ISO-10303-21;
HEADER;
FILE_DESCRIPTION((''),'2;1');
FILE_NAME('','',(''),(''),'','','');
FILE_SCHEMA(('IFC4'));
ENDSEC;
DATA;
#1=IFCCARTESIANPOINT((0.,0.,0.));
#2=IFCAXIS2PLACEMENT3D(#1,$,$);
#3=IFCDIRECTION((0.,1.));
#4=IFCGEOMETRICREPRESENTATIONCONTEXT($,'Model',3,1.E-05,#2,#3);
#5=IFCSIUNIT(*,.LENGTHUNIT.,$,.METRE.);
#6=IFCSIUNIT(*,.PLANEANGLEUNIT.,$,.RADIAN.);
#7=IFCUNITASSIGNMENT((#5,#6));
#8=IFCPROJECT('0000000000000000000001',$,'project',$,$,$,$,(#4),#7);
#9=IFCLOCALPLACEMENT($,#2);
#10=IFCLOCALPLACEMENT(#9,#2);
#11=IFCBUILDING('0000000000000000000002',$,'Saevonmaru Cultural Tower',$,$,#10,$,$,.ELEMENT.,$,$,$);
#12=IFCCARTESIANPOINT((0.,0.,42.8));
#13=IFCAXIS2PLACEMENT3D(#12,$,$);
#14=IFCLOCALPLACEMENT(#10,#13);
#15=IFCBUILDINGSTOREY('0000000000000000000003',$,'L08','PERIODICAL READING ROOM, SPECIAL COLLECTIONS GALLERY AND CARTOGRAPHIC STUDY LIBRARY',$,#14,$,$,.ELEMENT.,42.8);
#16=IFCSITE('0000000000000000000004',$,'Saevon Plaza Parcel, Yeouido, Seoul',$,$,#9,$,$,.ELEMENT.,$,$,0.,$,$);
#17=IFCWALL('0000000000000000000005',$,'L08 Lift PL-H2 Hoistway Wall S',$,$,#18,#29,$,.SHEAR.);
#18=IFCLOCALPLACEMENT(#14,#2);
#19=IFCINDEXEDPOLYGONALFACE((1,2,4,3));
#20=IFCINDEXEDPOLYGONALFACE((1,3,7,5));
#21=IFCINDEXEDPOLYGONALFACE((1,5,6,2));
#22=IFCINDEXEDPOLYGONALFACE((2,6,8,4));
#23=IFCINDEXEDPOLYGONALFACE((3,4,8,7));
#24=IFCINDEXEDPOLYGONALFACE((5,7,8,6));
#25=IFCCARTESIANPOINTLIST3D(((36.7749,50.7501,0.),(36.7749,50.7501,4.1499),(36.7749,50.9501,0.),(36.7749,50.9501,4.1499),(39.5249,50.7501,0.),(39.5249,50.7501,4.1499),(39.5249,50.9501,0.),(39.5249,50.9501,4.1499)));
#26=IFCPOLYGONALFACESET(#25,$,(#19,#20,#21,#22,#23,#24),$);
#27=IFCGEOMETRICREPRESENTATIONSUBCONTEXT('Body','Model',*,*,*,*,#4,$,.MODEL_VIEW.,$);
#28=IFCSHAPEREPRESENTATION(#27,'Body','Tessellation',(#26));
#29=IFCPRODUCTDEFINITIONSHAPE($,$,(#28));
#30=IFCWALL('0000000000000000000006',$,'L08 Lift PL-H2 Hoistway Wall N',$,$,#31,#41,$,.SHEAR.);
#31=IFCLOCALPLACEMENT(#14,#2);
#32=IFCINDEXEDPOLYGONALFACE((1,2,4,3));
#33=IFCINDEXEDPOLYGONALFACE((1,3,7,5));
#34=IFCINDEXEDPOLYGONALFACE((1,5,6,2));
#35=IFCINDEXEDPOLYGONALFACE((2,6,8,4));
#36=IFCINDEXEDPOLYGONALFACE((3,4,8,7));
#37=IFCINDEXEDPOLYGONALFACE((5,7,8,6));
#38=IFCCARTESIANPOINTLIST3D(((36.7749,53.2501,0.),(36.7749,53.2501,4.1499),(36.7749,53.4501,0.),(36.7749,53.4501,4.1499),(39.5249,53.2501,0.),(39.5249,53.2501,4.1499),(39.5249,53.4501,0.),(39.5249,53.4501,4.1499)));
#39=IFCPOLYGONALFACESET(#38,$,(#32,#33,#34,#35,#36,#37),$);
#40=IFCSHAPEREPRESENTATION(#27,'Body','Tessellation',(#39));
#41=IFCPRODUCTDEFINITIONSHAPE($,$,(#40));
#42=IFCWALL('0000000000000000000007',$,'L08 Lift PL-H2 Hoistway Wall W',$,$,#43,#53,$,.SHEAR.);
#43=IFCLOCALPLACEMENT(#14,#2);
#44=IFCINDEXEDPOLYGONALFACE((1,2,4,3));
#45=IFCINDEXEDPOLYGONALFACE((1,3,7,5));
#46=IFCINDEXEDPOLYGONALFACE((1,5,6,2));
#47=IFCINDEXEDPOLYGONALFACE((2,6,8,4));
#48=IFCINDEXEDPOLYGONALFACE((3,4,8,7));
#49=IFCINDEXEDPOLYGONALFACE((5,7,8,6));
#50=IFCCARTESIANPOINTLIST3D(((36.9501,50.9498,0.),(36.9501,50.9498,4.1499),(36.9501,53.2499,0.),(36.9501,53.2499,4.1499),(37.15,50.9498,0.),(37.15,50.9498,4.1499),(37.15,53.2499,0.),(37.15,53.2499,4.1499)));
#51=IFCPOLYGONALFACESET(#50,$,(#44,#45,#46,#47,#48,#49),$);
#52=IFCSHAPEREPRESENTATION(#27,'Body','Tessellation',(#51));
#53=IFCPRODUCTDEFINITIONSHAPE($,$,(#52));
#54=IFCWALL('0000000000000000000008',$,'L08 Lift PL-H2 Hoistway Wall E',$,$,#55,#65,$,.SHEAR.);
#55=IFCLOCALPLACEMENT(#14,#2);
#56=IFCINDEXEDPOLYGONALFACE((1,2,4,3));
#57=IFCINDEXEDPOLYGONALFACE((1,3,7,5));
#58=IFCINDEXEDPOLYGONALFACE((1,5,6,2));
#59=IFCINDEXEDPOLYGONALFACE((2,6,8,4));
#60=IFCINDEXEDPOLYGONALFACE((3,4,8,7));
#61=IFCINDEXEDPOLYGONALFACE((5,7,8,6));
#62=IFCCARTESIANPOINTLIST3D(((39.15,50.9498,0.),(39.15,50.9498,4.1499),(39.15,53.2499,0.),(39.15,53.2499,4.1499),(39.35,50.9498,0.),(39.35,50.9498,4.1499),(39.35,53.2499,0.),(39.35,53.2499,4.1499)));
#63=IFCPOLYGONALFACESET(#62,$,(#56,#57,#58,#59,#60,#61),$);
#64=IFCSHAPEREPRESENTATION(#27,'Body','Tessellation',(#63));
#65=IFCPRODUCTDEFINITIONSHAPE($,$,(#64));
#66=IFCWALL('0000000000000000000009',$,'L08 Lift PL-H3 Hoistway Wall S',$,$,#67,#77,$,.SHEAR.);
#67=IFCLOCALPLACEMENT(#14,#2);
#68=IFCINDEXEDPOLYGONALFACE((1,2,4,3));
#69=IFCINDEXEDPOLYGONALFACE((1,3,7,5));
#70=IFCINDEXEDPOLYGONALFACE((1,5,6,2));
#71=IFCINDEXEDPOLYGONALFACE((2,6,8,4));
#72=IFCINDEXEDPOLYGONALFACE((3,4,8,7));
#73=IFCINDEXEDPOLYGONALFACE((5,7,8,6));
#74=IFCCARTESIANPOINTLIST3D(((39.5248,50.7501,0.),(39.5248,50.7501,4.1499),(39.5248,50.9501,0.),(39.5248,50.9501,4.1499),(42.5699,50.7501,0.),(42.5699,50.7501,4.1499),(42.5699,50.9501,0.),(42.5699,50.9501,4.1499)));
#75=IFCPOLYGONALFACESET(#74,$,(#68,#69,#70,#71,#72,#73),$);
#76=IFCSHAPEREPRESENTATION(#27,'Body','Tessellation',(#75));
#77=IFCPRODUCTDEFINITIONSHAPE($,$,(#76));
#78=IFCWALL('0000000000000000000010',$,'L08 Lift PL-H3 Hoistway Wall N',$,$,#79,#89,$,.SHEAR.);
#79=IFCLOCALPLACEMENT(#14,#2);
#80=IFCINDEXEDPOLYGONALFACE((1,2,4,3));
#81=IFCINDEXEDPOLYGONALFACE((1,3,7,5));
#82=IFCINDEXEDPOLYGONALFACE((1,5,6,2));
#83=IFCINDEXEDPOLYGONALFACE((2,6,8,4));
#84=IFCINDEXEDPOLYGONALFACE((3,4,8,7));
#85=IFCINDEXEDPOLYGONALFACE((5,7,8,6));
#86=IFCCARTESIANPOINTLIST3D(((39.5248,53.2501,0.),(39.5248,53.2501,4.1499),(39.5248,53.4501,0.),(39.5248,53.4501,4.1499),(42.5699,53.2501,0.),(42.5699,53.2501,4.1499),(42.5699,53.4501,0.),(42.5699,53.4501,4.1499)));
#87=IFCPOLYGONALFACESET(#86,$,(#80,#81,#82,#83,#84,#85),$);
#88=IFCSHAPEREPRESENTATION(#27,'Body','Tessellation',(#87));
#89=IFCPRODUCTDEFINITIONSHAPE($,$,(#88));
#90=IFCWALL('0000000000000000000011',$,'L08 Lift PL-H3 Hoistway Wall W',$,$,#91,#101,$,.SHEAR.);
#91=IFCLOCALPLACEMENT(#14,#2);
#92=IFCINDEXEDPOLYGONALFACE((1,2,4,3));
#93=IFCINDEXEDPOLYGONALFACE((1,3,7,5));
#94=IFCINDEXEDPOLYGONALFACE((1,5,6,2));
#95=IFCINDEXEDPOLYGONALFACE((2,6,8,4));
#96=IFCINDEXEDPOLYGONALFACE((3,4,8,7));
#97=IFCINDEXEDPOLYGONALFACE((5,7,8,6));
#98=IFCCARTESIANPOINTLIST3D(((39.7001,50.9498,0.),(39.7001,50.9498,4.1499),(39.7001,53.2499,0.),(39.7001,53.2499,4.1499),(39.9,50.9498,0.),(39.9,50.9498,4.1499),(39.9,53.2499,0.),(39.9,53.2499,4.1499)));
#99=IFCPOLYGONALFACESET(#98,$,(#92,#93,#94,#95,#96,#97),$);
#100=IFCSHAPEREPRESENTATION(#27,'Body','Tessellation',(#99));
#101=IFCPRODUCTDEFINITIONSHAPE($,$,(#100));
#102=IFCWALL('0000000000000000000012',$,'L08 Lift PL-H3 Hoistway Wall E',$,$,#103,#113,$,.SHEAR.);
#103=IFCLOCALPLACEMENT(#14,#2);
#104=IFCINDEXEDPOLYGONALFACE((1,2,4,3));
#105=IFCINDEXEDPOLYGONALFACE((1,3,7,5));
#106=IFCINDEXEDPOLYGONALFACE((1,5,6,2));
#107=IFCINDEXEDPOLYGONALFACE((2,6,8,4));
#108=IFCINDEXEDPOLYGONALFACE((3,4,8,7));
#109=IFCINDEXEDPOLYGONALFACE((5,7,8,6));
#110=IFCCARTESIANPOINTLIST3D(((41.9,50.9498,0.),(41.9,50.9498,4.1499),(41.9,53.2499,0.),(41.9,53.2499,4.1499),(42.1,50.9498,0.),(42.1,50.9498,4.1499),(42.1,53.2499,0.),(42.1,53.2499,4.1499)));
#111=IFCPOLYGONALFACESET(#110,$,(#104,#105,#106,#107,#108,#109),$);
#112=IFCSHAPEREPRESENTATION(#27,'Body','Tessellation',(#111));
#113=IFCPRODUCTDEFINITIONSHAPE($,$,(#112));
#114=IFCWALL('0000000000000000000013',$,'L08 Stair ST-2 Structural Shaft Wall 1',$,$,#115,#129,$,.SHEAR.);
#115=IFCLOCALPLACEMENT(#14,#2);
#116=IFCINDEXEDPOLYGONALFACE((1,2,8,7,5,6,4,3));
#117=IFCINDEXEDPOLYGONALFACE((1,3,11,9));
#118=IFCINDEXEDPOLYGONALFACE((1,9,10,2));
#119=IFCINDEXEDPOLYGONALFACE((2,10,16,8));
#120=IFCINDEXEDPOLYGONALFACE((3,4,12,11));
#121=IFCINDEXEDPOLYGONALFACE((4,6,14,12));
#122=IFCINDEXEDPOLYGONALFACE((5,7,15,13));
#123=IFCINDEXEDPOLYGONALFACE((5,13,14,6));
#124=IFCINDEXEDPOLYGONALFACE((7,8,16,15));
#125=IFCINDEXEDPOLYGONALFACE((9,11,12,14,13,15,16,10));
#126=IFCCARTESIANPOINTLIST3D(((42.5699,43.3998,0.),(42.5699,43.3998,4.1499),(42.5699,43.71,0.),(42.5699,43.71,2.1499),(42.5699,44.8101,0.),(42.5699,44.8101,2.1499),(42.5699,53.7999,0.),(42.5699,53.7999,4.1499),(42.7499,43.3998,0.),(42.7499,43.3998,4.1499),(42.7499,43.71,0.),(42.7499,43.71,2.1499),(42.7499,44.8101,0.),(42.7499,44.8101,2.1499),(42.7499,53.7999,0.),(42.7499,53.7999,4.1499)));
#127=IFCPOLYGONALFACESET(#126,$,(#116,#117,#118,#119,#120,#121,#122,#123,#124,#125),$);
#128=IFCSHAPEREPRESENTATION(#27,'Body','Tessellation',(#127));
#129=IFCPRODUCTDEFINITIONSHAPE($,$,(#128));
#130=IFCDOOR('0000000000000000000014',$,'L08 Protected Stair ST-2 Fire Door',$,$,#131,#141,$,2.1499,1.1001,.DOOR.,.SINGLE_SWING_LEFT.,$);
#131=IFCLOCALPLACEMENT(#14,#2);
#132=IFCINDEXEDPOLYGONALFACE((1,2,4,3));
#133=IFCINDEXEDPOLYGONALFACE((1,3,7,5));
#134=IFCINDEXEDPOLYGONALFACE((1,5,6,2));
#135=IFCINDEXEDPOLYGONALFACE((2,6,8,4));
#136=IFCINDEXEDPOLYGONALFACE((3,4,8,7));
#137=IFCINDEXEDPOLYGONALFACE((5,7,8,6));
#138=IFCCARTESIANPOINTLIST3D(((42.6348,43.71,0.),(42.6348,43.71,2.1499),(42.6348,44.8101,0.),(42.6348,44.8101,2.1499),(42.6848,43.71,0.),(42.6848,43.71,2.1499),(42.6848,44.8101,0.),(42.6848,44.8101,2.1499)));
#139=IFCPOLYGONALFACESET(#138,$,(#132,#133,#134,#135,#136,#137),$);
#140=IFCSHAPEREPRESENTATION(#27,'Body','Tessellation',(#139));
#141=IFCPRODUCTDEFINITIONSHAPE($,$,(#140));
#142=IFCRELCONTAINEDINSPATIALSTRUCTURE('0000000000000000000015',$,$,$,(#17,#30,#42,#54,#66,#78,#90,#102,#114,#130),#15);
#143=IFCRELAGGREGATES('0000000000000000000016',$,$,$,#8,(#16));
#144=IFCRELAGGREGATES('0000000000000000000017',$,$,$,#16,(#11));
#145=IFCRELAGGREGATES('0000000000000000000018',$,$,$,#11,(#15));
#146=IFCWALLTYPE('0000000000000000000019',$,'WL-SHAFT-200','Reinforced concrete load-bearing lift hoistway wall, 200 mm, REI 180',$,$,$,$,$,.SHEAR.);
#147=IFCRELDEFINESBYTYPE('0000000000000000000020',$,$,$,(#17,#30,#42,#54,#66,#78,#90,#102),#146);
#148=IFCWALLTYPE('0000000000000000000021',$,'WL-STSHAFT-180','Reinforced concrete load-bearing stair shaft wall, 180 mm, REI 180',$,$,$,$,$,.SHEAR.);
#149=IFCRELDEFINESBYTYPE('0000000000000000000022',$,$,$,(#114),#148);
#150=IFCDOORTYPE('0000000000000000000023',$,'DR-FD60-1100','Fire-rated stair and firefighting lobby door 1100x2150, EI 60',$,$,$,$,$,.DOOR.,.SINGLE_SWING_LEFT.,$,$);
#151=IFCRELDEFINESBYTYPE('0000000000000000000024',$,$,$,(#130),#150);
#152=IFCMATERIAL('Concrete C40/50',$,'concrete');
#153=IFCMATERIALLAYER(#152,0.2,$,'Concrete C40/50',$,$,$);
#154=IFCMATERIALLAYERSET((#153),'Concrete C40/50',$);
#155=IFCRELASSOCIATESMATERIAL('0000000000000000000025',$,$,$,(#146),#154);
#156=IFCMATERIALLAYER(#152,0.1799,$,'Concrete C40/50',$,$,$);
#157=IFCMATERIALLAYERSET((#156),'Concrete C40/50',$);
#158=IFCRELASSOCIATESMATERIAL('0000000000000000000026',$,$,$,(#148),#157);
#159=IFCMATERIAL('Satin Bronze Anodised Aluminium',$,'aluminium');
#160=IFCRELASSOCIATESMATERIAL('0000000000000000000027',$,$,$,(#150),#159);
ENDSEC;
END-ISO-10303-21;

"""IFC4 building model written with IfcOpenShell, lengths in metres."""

from ifc_helpers import new_model, si_unit, direction, frame, frame_2d, origin, place, context, subcontext, project, spatial, rectangle, extrude, material, layer, layer_set, type_object, element, fill, save


model = new_model("IFC4")

# Units and contexts
model_context = context("Model", 3, precision=1e-05, world=origin(), true_north=direction((0.0, 1.0)))
body_context = subcontext(model_context, "Body", "Model", "MODEL_VIEW")
ifc_project = project(units=[si_unit("LENGTHUNIT", "METRE"), si_unit("PLANEANGLEUNIT", "RADIAN")], contexts=[model_context])

# Site, building, storey
site_placement = place(None, origin())
site = spatial("IfcSite", under=ifc_project, at=site_placement, Name="Saevon Plaza Parcel, Yeouido, Seoul", CompositionType="ELEMENT", RefElevation=0.0)
building_placement = place(site_placement, origin())
building = spatial("IfcBuilding", under=site, at=building_placement, Name="Saevonmaru Cultural Tower", CompositionType="ELEMENT")
storey_placement = place(building_placement, frame((0.0, 0.0, 42.8)))
storey = spatial("IfcBuildingStorey", under=building, at=storey_placement, Name="L08", Description="PERIODICAL READING ROOM, SPECIAL COLLECTIONS GALLERY AND CARTOGRAPHIC STUDY LIBRARY", CompositionType="ELEMENT", Elevation=42.8)

# Shared definitions
ifc_material_1 = material(Name="Satin Bronze Anodised Aluminium", Category="aluminium")

# Shared definitions
ifc_material_2 = material(Name="Concrete C40/50", Category="concrete")
ifc_layer_1 = layer(ifc_material_2, 0.2, Name="Concrete C40/50")
ifc_layer_set_1 = layer_set([ifc_layer_1], Name="Concrete C40/50")
wall_type_1 = type_object("IfcWallType", Name="WL-SHAFT-200", Description="Reinforced concrete load-bearing lift hoistway wall, 200 mm, REI 180", PredefinedType="SHEAR", material=ifc_layer_set_1)

# Walls
for number, where, z_axis, x_axis, name in (
    (1, (36.7749, 50.8501, 0.0), (0.0, 0.0, 1.0), (1.0, 0.0, 0.0), "L08 Lift PL-H2 Hoistway Wall S"),
    (2, (36.7749, 53.3501, 0.0), (0.0, 0.0, 1.0), (1.0, 0.0, 0.0), "L08 Lift PL-H2 Hoistway Wall N"),
):
    element("IfcWall", number, at=place(storey_placement, frame(where, z_axis=z_axis, x_axis=x_axis)), inside=storey, type_object=wall_type_1, Name=name, PredefinedType="SHEAR", context=body_context, shape_type="SweptSolid", body=[
        extrude(rectangle(XDim=2.75, YDim=0.2, at=frame_2d((1.375, 0.0))), origin(), (0.0, 0.0, 1.0), 4.1499),
    ])
for number, where, z_axis, x_axis, name in (
    (3, (37.05, 50.95, 0.0), (0.0, 0.0, 1.0), (0.0, 1.0, 0.0), "L08 Lift PL-H2 Hoistway Wall W"),
    (4, (39.25, 50.95, 0.0), (0.0, 0.0, 1.0), (0.0, 1.0, 0.0), "L08 Lift PL-H2 Hoistway Wall E"),
):
    element("IfcWall", number, at=place(storey_placement, frame(where, z_axis=z_axis, x_axis=x_axis)), inside=storey, type_object=wall_type_1, Name=name, PredefinedType="SHEAR", context=body_context, shape_type="SweptSolid", body=[
        extrude(rectangle(XDim=2.3, YDim=0.2, at=frame_2d((1.1499, 0.0))), origin(), (0.0, 0.0, 1.0), 4.1499),
    ])
for number, where, z_axis, x_axis, name in (
    (5, (39.5249, 50.8501, 0.0), (0.0, 0.0, 1.0), (1.0, 0.0, 0.0), "L08 Lift PL-H3 Hoistway Wall S"),
    (6, (39.5249, 53.3501, 0.0), (0.0, 0.0, 1.0), (1.0, 0.0, 0.0), "L08 Lift PL-H3 Hoistway Wall N"),
):
    element("IfcWall", number, at=place(storey_placement, frame(where, z_axis=z_axis, x_axis=x_axis)), inside=storey, type_object=wall_type_1, Name=name, PredefinedType="SHEAR", context=body_context, shape_type="SweptSolid", body=[
        extrude(rectangle(XDim=3.0452, YDim=0.2, at=frame_2d((1.5225, 0.0))), origin(), (0.0, 0.0, 1.0), 4.1499),
    ])
for number, where, z_axis, x_axis, name in (
    (7, (39.8, 50.95, 0.0), (0.0, 0.0, 1.0), (0.0, 1.0, 0.0), "L08 Lift PL-H3 Hoistway Wall W"),
    (8, (42.0, 50.95, 0.0), (0.0, 0.0, 1.0), (0.0, 1.0, 0.0), "L08 Lift PL-H3 Hoistway Wall E"),
):
    element("IfcWall", number, at=place(storey_placement, frame(where, z_axis=z_axis, x_axis=x_axis)), inside=storey, type_object=wall_type_1, Name=name, PredefinedType="SHEAR", context=body_context, shape_type="SweptSolid", body=[
        extrude(rectangle(XDim=2.3, YDim=0.2, at=frame_2d((1.1499, 0.0))), origin(), (0.0, 0.0, 1.0), 4.1499),
    ])

# Wall, opening, door
ifc_layer_2 = layer(ifc_material_2, 0.1799, Name="Concrete C40/50")
ifc_layer_set_2 = layer_set([ifc_layer_2], Name="Concrete C40/50")
wall_type_2 = type_object("IfcWallType", Name="WL-STSHAFT-180", Description="Reinforced concrete load-bearing stair shaft wall, 180 mm, REI 180", PredefinedType="SHEAR", material=ifc_layer_set_2)
wall_1_placement = place(storey_placement, frame((42.6599, 53.8, 0.0), z_axis=(0.0, 0.0, 1.0), x_axis=(0.0, -1.0, 0.0)))
wall_1 = element("IfcWall", 9, at=wall_1_placement, inside=storey, type_object=wall_type_2, Name="L08 Stair ST-2 Structural Shaft Wall 1", PredefinedType="SHEAR", context=body_context, shape_type="SweptSolid", body=[
    extrude(rectangle(XDim=10.4001, YDim=0.1799, at=frame_2d((5.2002, 0.0))), origin(), (0.0, 0.0, 1.0), 4.1499),
])
opening_1_placement = place(wall_1_placement, frame((8.99, 0.0, 0.0)))
opening_1 = element("IfcOpeningElement", 10, at=opening_1_placement, cuts=wall_1, PredefinedType="OPENING", context=body_context, shape_type="SweptSolid", body=[
    extrude(rectangle(XDim=1.1001, YDim=2.1499, at=frame_2d((0.55, 1.075))), frame((0.0, 0.1001, 0.0), z_axis=(0.0, -1.0, 0.0), x_axis=(1.0, 0.0, 0.0)), (0.0, 0.0, 1.0), 0.2),
])
door_type_1 = type_object("IfcDoorType", Name="DR-FD60-1100", Description="Fire-rated stair and firefighting lobby door 1100x2150, EI 60", OperationType="SINGLE_SWING_LEFT", PredefinedType="DOOR", material=ifc_material_1)
door_1_placement = place(opening_1_placement, origin())
door_1 = element("IfcDoor", 11, at=door_1_placement, inside=storey, type_object=door_type_1, Name="L08 Protected Stair ST-2 Fire Door", OperationType="SINGLE_SWING_LEFT", OverallHeight=2.1499, OverallWidth=1.1001, PredefinedType="DOOR", context=body_context, shape_type="SweptSolid", body=[
    extrude(rectangle(XDim=1.1001, YDim=2.1499, at=frame_2d((0.55, 1.075))), frame((0.0, 0.0249, 0.0), z_axis=(0.0, -1.0, 0.0), x_axis=(1.0, 0.0, 0.0)), (0.0, 0.0, 1.0), 0.05),
])
fill(opening_1, door_1)

save(model, "model.ifc")
